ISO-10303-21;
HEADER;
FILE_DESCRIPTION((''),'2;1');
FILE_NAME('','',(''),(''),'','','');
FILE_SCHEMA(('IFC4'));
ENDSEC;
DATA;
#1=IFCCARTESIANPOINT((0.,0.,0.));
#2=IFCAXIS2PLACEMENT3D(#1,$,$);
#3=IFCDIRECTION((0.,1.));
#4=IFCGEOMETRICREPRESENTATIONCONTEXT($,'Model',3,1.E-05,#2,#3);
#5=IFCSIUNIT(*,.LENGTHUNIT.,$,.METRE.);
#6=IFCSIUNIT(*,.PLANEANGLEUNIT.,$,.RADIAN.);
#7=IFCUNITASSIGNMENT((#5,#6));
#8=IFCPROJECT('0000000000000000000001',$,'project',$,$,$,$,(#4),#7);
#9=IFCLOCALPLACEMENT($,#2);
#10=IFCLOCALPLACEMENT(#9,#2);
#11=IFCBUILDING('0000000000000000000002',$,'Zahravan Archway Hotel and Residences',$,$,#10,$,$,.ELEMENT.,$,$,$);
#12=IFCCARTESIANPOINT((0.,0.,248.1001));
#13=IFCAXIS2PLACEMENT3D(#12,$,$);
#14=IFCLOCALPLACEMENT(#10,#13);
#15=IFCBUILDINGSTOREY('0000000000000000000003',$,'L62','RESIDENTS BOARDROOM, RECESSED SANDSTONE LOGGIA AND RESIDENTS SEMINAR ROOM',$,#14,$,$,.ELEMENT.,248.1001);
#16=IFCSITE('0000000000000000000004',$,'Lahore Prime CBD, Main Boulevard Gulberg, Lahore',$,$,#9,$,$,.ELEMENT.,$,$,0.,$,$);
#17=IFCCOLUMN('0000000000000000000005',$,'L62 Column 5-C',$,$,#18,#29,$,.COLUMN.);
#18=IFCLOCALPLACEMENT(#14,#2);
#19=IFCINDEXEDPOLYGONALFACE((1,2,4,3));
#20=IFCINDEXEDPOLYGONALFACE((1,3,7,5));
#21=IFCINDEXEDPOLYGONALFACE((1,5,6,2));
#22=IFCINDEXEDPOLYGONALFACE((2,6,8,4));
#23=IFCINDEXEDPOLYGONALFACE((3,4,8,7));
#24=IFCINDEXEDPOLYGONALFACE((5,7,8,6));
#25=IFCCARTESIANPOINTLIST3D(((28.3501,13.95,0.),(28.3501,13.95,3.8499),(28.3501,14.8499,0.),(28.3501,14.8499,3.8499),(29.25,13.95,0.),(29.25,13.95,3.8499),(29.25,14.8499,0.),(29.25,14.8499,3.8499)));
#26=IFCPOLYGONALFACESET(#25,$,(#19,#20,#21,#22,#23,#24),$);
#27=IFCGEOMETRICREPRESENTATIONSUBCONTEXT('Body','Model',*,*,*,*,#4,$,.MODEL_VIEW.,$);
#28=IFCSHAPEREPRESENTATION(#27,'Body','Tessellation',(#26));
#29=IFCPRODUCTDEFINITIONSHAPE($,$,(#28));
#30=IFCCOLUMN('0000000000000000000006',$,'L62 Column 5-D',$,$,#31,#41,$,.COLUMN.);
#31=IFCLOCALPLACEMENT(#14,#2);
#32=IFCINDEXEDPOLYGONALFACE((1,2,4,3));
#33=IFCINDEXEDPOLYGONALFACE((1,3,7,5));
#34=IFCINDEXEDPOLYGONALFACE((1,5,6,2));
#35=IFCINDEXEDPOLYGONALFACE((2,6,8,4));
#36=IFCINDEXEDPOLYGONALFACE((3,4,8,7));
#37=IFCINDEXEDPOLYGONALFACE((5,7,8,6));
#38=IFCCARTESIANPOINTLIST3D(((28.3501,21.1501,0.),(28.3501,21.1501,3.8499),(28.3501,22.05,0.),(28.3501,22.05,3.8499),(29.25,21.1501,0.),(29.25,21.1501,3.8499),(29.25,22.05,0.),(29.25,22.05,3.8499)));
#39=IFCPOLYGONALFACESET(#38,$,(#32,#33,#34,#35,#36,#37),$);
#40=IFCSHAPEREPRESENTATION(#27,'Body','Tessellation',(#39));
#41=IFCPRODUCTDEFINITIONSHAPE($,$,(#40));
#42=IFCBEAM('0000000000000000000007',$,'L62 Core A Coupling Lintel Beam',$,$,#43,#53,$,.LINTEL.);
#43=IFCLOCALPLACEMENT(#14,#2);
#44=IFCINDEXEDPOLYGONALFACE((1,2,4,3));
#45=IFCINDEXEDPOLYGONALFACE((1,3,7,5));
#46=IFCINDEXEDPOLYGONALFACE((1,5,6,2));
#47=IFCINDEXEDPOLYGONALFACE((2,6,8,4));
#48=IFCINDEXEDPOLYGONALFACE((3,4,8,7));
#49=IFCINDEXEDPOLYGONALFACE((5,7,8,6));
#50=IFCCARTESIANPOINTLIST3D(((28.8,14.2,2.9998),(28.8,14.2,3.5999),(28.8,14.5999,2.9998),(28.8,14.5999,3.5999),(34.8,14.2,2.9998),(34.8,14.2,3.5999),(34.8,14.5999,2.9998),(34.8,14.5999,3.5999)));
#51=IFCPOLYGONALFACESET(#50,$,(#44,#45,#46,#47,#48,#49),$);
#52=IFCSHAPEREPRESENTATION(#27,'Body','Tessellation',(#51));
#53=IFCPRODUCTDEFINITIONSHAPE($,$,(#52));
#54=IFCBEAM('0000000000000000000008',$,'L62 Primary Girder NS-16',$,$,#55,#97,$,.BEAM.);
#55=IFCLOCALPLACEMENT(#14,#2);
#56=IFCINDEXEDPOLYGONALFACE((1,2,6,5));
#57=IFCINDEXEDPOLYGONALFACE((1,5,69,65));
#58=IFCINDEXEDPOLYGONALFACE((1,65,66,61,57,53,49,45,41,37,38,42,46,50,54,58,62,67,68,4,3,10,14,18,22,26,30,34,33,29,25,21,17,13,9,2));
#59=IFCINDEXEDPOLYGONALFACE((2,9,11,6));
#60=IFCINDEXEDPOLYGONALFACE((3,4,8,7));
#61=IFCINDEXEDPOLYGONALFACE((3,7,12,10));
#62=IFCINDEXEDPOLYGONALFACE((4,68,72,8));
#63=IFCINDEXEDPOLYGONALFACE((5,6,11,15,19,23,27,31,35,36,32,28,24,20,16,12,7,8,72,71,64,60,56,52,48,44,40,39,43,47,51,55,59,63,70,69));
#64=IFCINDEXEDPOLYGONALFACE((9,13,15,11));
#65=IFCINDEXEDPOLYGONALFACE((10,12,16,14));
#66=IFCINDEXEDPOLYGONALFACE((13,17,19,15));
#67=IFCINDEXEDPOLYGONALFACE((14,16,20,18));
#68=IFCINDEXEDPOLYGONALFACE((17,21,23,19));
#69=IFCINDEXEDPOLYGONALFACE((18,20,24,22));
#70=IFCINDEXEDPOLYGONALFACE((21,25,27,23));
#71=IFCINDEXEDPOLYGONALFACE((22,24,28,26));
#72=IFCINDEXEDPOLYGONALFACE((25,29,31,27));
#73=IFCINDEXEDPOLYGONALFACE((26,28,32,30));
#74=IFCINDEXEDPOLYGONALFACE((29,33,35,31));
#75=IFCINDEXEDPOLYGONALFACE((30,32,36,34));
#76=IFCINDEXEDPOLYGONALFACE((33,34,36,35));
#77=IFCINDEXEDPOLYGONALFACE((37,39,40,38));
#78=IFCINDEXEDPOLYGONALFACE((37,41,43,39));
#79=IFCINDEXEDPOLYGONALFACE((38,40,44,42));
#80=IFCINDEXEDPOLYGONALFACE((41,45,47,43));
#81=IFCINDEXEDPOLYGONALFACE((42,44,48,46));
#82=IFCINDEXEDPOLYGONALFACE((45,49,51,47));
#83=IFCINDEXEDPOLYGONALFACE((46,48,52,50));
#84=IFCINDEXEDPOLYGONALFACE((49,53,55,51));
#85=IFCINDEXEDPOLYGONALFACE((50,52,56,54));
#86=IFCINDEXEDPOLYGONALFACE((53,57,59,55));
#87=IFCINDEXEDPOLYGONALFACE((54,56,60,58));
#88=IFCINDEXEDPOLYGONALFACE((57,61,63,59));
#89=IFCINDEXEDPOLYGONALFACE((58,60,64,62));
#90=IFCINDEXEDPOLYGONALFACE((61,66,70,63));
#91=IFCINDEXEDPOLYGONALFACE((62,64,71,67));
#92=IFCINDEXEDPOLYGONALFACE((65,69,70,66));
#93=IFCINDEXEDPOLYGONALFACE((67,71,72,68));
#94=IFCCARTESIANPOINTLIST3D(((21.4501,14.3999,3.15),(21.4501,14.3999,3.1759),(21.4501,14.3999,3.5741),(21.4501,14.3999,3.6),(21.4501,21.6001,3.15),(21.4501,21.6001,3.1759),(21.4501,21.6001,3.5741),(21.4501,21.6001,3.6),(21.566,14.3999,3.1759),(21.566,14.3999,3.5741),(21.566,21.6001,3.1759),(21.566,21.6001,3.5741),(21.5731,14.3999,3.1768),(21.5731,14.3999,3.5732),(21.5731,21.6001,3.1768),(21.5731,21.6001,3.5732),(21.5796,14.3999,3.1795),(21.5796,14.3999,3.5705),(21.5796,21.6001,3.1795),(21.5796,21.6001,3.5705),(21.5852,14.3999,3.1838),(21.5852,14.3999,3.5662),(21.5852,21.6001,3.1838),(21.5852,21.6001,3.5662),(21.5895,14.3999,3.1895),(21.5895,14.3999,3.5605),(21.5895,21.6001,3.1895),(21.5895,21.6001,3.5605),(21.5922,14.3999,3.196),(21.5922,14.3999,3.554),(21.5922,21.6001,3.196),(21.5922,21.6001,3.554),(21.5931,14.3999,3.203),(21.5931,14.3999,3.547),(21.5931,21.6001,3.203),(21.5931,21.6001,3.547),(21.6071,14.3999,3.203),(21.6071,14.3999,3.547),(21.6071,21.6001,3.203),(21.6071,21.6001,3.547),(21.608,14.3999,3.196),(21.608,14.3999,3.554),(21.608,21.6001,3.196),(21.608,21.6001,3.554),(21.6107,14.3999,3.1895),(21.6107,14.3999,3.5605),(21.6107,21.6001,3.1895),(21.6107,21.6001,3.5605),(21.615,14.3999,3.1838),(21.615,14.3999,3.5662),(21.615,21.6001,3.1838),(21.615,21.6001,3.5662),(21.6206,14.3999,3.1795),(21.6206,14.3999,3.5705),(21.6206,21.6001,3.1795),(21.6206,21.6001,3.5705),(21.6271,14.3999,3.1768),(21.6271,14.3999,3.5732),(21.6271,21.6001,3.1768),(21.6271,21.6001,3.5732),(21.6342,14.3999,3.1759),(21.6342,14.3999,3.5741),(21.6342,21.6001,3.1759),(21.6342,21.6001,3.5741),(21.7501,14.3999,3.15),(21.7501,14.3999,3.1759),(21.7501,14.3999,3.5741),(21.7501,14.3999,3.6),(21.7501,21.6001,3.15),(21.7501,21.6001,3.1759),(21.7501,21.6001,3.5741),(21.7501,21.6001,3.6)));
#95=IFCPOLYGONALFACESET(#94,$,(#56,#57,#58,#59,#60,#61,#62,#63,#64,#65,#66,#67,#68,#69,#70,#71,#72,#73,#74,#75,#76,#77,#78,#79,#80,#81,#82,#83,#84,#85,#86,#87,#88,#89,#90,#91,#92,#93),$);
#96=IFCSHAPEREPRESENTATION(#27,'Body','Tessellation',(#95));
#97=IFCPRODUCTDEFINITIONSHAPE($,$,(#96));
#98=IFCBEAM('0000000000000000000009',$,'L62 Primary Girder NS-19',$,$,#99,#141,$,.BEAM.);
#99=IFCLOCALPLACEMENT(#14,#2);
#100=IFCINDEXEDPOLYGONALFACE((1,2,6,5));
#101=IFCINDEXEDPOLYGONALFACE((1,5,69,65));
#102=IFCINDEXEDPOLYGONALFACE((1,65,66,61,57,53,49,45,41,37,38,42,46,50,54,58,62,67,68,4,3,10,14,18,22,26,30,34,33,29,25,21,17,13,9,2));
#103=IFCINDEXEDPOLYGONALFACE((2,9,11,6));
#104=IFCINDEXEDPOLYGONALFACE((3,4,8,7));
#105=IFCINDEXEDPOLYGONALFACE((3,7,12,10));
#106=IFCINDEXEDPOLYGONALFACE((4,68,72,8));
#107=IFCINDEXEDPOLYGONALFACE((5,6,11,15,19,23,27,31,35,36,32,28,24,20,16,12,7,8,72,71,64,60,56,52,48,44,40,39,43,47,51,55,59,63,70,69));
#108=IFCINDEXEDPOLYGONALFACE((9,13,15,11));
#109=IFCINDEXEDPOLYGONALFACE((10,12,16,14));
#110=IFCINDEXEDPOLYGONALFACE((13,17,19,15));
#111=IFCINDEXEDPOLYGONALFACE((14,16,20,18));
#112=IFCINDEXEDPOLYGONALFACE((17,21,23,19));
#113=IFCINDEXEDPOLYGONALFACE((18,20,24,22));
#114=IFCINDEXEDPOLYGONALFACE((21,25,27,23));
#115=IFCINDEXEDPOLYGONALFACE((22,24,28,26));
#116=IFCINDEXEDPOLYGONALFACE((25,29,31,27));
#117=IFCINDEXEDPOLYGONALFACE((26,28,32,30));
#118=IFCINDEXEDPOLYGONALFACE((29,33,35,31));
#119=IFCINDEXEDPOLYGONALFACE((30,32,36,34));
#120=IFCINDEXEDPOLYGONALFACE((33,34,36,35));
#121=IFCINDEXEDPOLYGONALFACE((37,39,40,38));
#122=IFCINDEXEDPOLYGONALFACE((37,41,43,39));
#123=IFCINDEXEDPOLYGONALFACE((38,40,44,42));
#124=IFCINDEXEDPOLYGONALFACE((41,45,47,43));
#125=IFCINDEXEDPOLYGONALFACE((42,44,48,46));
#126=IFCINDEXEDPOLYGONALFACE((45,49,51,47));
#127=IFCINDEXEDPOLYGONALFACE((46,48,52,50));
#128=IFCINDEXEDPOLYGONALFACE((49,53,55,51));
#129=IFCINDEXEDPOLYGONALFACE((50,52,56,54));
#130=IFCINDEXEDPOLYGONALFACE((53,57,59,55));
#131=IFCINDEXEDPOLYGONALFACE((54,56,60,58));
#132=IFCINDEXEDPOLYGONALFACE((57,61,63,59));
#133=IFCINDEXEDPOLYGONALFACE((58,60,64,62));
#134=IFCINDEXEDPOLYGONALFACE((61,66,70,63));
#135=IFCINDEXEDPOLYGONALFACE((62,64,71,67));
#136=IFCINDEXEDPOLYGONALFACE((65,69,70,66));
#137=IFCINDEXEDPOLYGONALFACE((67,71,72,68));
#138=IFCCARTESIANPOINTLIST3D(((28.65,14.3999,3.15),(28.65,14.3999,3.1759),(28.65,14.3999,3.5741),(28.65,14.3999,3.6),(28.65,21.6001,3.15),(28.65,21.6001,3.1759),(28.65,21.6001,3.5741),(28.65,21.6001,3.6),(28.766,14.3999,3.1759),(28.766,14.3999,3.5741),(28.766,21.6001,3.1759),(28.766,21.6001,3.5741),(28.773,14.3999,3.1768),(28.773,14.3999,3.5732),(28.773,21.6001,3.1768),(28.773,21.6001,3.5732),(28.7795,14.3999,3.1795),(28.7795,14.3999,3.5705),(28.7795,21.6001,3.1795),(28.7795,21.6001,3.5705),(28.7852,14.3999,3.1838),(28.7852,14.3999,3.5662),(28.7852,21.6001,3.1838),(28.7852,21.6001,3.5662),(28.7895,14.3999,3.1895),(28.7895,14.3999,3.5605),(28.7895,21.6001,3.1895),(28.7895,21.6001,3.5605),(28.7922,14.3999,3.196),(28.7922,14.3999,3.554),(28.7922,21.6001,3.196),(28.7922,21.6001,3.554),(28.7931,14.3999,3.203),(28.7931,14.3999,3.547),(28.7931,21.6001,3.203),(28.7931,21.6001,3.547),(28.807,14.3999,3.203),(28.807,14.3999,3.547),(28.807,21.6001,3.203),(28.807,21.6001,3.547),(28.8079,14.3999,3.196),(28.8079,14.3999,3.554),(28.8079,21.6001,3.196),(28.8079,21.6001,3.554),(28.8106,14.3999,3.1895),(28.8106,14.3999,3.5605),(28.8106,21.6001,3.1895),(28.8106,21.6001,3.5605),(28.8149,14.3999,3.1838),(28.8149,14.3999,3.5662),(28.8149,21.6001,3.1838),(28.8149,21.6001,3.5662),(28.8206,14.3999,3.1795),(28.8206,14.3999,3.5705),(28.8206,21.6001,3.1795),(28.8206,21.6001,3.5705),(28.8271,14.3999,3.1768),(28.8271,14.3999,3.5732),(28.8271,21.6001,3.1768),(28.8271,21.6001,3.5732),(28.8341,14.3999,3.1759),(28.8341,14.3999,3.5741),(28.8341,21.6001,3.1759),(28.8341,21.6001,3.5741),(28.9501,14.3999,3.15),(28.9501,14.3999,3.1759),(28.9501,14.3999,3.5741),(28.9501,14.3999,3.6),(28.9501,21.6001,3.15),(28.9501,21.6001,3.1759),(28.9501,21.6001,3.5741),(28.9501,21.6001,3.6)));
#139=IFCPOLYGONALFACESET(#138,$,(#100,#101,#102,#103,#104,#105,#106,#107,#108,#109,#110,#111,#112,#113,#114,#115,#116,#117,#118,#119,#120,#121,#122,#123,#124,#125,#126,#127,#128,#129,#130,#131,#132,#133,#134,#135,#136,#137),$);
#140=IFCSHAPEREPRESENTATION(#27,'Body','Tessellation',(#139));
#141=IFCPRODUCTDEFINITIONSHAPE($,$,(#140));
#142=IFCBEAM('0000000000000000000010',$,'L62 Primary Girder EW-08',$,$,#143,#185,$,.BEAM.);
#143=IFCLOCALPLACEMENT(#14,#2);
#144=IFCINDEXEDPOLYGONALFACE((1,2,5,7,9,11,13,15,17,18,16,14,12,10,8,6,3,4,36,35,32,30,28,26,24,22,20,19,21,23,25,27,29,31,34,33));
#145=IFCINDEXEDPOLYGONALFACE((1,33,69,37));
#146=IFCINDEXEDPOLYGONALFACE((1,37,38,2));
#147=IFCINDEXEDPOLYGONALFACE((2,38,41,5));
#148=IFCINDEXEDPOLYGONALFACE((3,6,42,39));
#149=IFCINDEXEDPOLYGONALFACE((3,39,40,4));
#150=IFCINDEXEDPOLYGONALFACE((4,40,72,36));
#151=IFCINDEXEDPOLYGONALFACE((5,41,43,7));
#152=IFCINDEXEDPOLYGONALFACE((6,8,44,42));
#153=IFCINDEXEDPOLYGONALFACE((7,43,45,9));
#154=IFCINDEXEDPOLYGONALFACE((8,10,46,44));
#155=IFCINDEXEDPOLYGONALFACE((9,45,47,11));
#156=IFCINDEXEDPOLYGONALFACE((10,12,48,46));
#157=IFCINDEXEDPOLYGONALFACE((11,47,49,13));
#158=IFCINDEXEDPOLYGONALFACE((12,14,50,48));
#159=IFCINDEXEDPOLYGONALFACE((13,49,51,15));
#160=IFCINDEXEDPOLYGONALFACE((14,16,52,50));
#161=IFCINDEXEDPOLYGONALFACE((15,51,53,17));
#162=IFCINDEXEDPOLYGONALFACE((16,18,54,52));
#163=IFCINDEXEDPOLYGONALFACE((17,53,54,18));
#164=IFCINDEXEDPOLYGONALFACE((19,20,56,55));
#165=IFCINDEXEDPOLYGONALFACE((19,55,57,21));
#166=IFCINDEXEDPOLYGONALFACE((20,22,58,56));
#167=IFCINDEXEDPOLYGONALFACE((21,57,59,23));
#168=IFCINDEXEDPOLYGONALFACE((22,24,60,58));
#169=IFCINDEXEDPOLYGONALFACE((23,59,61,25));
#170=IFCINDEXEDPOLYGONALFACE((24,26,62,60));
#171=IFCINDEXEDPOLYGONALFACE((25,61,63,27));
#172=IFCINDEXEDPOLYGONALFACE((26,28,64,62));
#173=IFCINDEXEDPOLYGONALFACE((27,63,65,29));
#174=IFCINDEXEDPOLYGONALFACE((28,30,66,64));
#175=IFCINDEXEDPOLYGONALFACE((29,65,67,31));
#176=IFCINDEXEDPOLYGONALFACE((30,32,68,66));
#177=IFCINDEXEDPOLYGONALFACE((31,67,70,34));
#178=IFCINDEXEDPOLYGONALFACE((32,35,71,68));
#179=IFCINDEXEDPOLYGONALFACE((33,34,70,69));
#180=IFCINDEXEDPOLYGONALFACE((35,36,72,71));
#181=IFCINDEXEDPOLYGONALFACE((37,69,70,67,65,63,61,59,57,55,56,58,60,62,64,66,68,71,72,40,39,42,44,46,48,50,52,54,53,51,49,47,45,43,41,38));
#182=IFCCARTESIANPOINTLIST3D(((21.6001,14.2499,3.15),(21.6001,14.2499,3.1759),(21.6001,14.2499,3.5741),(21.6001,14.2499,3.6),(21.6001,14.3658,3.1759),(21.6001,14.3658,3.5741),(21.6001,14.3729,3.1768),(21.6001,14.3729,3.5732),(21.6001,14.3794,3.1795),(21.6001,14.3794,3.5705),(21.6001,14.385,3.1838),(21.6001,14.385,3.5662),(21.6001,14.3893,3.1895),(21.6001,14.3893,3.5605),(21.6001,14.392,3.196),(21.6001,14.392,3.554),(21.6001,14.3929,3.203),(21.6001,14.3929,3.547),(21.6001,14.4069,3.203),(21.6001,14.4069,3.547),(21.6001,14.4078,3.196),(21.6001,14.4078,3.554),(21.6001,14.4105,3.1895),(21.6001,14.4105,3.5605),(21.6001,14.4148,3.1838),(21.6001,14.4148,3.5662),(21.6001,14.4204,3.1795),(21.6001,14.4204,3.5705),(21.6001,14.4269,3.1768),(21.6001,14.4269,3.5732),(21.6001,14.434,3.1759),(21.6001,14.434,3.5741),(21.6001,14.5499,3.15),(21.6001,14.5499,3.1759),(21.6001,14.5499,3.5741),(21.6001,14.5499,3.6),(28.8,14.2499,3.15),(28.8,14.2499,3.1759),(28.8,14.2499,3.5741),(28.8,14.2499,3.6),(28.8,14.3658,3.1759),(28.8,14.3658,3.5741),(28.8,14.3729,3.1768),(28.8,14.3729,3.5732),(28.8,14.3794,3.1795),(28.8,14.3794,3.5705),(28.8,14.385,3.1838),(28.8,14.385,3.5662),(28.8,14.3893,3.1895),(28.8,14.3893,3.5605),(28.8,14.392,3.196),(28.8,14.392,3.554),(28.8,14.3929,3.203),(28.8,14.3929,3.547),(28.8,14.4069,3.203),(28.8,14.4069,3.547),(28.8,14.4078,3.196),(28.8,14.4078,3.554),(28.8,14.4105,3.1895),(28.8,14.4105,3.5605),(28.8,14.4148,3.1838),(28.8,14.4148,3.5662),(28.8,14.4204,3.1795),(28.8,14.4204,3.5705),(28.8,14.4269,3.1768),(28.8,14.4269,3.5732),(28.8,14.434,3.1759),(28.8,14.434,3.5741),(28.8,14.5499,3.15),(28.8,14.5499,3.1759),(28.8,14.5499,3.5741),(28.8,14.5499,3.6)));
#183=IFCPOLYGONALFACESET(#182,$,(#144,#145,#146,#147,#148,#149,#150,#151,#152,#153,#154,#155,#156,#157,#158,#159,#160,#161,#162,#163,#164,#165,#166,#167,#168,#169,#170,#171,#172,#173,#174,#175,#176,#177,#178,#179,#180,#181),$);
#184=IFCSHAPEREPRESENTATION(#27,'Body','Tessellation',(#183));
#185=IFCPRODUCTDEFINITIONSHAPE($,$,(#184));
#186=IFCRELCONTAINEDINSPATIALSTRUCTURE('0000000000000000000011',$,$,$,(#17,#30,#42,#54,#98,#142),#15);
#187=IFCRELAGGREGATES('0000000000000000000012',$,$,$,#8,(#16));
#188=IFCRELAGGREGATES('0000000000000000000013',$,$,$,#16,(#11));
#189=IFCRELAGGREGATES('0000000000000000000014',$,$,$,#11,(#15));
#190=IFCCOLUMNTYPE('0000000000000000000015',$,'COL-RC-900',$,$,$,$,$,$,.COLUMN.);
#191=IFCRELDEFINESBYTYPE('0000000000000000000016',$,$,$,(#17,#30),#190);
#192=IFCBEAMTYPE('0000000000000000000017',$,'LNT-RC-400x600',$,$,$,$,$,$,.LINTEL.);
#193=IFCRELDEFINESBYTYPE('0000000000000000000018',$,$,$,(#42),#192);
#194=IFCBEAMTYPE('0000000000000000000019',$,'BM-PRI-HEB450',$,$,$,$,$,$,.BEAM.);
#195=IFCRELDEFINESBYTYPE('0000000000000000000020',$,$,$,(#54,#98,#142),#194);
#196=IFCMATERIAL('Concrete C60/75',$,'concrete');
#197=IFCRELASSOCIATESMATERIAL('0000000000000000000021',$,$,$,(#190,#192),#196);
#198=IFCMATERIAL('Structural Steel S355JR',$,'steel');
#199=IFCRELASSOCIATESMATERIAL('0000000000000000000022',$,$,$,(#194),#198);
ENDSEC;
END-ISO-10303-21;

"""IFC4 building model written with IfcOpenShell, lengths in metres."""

from ifc_helpers import new_model, si_unit, direction, frame, origin, origin_2d, place, context, subcontext, project, spatial, rectangle, i_section, extrude, source, transform, mapped, material, material_profile, profile_set, type_object, type_shapes, element, save


model = new_model("IFC4")

# Units and contexts
model_context = context("Model", 3, precision=1e-05, world=origin(), true_north=direction((0.0, 1.0)))
body_context = subcontext(model_context, "Body", "Model", "MODEL_VIEW")
ifc_project = project(units=[si_unit("LENGTHUNIT", "METRE"), si_unit("PLANEANGLEUNIT", "RADIAN")], contexts=[model_context])

# Site, building, storey
site_placement = place(None, origin())
site = spatial("IfcSite", under=ifc_project, at=site_placement, Name="Lahore Prime CBD, Main Boulevard Gulberg, Lahore", CompositionType="ELEMENT", RefElevation=0.0)
building_placement = place(site_placement, origin())
building = spatial("IfcBuilding", under=site, at=building_placement, Name="Zahravan Archway Hotel and Residences", CompositionType="ELEMENT")
storey_placement = place(building_placement, frame((0.0, 0.0, 248.1001)))
storey = spatial("IfcBuildingStorey", under=building, at=storey_placement, Name="L62", Description="RESIDENTS BOARDROOM, RECESSED SANDSTONE LOGGIA AND RESIDENTS SEMINAR ROOM", CompositionType="ELEMENT", Elevation=248.1001)

# Columns
ifc_material_1 = material(Name="Concrete C60/75", Category="concrete")
ifc_material_profile_1 = material_profile(ifc_material_1, rectangle(XDim=0.8999, YDim=0.8999, at=origin_2d()), Name="RC-COL-900x900", Category="concrete")
ifc_profile_set_1 = profile_set([ifc_material_profile_1], Name="Concrete C60/75")
column_type = type_object("IfcColumnType", Name="COL-RC-900", PredefinedType="COLUMN", material=ifc_profile_set_1)
shared_shape_1 = source(origin(), body_context, "Body", "SweptSolid", [
    extrude(rectangle(XDim=0.8999, YDim=0.8999, at=origin_2d()), origin(), (0.0, 0.0, 1.0), 3.8499),
])
for number, where, z_axis, x_axis, name in (
    (1, (28.8, 14.3999, 0.0), (0.0, 0.0, 1.0), (1.0, 0.0, 0.0), "L62 Column 5-C"),
    (2, (28.8, 21.6001, 0.0), (0.0, 0.0, 1.0), (1.0, 0.0, 0.0), "L62 Column 5-D"),
):
    element("IfcColumn", number, at=place(storey_placement, frame(where, z_axis=z_axis, x_axis=x_axis)), inside=storey, type_object=column_type, Name=name, PredefinedType="COLUMN", context=body_context, shape_type="MappedRepresentation", body=[
        mapped(shared_shape_1, transform((0.0, 0.0, 0.0), scale=1.0)),
    ])

# Beams
ifc_material_profile_2 = material_profile(ifc_material_1, rectangle(XDim=0.3999, YDim=0.6001, at=origin_2d()), Name="RC-LNT-400x600", Category="concrete")
ifc_profile_set_2 = profile_set([ifc_material_profile_2], Name="Concrete C60/75")
beam_type_1 = type_object("IfcBeamType", Name="LNT-RC-400x600", PredefinedType="LINTEL", material=ifc_profile_set_2)
shared_shape_2 = source(origin(), body_context, "Body", "SweptSolid", [
    extrude(rectangle(XDim=0.3999, YDim=0.6001, at=origin_2d()), origin(), (0.0, 0.0, 1.0), 6.0),
])
type_shapes(beam_type_1, [shared_shape_2])
beam_1_placement = place(storey_placement, frame((28.8, 14.3999, 3.2998), z_axis=(1.0, 0.0, 0.0), x_axis=(0.0, 1.0, 0.0)))
element("IfcBeam", 3, at=beam_1_placement, inside=storey, type_object=beam_type_1, Name="L62 Core A Coupling Lintel Beam", PredefinedType="LINTEL", context=body_context, shape_type="MappedRepresentation", body=[
    mapped(shared_shape_2, transform((0.0, 0.0, 0.0), scale=1.0)),
])
ifc_material_2 = material(Name="Structural Steel S355JR", Category="steel")
ifc_material_profile_3 = material_profile(ifc_material_2, i_section(OverallWidth=0.3, OverallDepth=0.45, WebThickness=0.0139, FlangeThickness=0.0259, FilletRadius=0.0271, at=origin_2d()), Name="HEB 450", Category="steel")
ifc_profile_set_3 = profile_set([ifc_material_profile_3], Name="Structural Steel S355JR")
beam_type_2 = type_object("IfcBeamType", Name="BM-PRI-HEB450", PredefinedType="BEAM", material=ifc_profile_set_3)
shared_shape_3 = source(origin(), body_context, "Body", "SweptSolid", [
    extrude(i_section(OverallWidth=0.3, OverallDepth=0.45, WebThickness=0.0139, FlangeThickness=0.0259, FilletRadius=0.0271, at=origin_2d()), origin(), (0.0, 0.0, 1.0), 7.2002),
])
type_shapes(beam_type_2, [shared_shape_3])
for number, where, z_axis, x_axis, name in (
    (4, (21.6001, 14.3999, 3.375), (0.0, 1.0, 0.0), (-1.0, 0.0, 0.0), "L62 Primary Girder NS-16"),
    (5, (28.8, 14.3999, 3.375), (0.0, 1.0, 0.0), (-1.0, 0.0, 0.0), "L62 Primary Girder NS-19"),
):
    element("IfcBeam", number, at=place(storey_placement, frame(where, z_axis=z_axis, x_axis=x_axis)), inside=storey, type_object=beam_type_2, Name=name, PredefinedType="BEAM", context=body_context, shape_type="MappedRepresentation", body=[
        mapped(shared_shape_3, transform((0.0, 0.0, 0.0), scale=1.0)),
    ])
shared_shape_4 = source(origin(), body_context, "Body", "SweptSolid", [
    extrude(i_section(OverallWidth=0.3, OverallDepth=0.45, WebThickness=0.0139, FlangeThickness=0.0259, FilletRadius=0.0271, at=origin_2d()), origin(), (0.0, 0.0, 1.0), 7.2),
])
for number, where, z_axis, x_axis, name in (
    (6, (21.6001, 14.3999, 3.375), (1.0, 0.0, 0.0), (0.0, 1.0, 0.0), "L62 Primary Girder EW-08"),
):
    element("IfcBeam", number, at=place(storey_placement, frame(where, z_axis=z_axis, x_axis=x_axis)), inside=storey, type_object=beam_type_2, Name=name, PredefinedType="BEAM", context=body_context, shape_type="MappedRepresentation", body=[
        mapped(shared_shape_4, transform((0.0, 0.0, 0.0), scale=1.0)),
    ])

save(model, "model.ifc")
